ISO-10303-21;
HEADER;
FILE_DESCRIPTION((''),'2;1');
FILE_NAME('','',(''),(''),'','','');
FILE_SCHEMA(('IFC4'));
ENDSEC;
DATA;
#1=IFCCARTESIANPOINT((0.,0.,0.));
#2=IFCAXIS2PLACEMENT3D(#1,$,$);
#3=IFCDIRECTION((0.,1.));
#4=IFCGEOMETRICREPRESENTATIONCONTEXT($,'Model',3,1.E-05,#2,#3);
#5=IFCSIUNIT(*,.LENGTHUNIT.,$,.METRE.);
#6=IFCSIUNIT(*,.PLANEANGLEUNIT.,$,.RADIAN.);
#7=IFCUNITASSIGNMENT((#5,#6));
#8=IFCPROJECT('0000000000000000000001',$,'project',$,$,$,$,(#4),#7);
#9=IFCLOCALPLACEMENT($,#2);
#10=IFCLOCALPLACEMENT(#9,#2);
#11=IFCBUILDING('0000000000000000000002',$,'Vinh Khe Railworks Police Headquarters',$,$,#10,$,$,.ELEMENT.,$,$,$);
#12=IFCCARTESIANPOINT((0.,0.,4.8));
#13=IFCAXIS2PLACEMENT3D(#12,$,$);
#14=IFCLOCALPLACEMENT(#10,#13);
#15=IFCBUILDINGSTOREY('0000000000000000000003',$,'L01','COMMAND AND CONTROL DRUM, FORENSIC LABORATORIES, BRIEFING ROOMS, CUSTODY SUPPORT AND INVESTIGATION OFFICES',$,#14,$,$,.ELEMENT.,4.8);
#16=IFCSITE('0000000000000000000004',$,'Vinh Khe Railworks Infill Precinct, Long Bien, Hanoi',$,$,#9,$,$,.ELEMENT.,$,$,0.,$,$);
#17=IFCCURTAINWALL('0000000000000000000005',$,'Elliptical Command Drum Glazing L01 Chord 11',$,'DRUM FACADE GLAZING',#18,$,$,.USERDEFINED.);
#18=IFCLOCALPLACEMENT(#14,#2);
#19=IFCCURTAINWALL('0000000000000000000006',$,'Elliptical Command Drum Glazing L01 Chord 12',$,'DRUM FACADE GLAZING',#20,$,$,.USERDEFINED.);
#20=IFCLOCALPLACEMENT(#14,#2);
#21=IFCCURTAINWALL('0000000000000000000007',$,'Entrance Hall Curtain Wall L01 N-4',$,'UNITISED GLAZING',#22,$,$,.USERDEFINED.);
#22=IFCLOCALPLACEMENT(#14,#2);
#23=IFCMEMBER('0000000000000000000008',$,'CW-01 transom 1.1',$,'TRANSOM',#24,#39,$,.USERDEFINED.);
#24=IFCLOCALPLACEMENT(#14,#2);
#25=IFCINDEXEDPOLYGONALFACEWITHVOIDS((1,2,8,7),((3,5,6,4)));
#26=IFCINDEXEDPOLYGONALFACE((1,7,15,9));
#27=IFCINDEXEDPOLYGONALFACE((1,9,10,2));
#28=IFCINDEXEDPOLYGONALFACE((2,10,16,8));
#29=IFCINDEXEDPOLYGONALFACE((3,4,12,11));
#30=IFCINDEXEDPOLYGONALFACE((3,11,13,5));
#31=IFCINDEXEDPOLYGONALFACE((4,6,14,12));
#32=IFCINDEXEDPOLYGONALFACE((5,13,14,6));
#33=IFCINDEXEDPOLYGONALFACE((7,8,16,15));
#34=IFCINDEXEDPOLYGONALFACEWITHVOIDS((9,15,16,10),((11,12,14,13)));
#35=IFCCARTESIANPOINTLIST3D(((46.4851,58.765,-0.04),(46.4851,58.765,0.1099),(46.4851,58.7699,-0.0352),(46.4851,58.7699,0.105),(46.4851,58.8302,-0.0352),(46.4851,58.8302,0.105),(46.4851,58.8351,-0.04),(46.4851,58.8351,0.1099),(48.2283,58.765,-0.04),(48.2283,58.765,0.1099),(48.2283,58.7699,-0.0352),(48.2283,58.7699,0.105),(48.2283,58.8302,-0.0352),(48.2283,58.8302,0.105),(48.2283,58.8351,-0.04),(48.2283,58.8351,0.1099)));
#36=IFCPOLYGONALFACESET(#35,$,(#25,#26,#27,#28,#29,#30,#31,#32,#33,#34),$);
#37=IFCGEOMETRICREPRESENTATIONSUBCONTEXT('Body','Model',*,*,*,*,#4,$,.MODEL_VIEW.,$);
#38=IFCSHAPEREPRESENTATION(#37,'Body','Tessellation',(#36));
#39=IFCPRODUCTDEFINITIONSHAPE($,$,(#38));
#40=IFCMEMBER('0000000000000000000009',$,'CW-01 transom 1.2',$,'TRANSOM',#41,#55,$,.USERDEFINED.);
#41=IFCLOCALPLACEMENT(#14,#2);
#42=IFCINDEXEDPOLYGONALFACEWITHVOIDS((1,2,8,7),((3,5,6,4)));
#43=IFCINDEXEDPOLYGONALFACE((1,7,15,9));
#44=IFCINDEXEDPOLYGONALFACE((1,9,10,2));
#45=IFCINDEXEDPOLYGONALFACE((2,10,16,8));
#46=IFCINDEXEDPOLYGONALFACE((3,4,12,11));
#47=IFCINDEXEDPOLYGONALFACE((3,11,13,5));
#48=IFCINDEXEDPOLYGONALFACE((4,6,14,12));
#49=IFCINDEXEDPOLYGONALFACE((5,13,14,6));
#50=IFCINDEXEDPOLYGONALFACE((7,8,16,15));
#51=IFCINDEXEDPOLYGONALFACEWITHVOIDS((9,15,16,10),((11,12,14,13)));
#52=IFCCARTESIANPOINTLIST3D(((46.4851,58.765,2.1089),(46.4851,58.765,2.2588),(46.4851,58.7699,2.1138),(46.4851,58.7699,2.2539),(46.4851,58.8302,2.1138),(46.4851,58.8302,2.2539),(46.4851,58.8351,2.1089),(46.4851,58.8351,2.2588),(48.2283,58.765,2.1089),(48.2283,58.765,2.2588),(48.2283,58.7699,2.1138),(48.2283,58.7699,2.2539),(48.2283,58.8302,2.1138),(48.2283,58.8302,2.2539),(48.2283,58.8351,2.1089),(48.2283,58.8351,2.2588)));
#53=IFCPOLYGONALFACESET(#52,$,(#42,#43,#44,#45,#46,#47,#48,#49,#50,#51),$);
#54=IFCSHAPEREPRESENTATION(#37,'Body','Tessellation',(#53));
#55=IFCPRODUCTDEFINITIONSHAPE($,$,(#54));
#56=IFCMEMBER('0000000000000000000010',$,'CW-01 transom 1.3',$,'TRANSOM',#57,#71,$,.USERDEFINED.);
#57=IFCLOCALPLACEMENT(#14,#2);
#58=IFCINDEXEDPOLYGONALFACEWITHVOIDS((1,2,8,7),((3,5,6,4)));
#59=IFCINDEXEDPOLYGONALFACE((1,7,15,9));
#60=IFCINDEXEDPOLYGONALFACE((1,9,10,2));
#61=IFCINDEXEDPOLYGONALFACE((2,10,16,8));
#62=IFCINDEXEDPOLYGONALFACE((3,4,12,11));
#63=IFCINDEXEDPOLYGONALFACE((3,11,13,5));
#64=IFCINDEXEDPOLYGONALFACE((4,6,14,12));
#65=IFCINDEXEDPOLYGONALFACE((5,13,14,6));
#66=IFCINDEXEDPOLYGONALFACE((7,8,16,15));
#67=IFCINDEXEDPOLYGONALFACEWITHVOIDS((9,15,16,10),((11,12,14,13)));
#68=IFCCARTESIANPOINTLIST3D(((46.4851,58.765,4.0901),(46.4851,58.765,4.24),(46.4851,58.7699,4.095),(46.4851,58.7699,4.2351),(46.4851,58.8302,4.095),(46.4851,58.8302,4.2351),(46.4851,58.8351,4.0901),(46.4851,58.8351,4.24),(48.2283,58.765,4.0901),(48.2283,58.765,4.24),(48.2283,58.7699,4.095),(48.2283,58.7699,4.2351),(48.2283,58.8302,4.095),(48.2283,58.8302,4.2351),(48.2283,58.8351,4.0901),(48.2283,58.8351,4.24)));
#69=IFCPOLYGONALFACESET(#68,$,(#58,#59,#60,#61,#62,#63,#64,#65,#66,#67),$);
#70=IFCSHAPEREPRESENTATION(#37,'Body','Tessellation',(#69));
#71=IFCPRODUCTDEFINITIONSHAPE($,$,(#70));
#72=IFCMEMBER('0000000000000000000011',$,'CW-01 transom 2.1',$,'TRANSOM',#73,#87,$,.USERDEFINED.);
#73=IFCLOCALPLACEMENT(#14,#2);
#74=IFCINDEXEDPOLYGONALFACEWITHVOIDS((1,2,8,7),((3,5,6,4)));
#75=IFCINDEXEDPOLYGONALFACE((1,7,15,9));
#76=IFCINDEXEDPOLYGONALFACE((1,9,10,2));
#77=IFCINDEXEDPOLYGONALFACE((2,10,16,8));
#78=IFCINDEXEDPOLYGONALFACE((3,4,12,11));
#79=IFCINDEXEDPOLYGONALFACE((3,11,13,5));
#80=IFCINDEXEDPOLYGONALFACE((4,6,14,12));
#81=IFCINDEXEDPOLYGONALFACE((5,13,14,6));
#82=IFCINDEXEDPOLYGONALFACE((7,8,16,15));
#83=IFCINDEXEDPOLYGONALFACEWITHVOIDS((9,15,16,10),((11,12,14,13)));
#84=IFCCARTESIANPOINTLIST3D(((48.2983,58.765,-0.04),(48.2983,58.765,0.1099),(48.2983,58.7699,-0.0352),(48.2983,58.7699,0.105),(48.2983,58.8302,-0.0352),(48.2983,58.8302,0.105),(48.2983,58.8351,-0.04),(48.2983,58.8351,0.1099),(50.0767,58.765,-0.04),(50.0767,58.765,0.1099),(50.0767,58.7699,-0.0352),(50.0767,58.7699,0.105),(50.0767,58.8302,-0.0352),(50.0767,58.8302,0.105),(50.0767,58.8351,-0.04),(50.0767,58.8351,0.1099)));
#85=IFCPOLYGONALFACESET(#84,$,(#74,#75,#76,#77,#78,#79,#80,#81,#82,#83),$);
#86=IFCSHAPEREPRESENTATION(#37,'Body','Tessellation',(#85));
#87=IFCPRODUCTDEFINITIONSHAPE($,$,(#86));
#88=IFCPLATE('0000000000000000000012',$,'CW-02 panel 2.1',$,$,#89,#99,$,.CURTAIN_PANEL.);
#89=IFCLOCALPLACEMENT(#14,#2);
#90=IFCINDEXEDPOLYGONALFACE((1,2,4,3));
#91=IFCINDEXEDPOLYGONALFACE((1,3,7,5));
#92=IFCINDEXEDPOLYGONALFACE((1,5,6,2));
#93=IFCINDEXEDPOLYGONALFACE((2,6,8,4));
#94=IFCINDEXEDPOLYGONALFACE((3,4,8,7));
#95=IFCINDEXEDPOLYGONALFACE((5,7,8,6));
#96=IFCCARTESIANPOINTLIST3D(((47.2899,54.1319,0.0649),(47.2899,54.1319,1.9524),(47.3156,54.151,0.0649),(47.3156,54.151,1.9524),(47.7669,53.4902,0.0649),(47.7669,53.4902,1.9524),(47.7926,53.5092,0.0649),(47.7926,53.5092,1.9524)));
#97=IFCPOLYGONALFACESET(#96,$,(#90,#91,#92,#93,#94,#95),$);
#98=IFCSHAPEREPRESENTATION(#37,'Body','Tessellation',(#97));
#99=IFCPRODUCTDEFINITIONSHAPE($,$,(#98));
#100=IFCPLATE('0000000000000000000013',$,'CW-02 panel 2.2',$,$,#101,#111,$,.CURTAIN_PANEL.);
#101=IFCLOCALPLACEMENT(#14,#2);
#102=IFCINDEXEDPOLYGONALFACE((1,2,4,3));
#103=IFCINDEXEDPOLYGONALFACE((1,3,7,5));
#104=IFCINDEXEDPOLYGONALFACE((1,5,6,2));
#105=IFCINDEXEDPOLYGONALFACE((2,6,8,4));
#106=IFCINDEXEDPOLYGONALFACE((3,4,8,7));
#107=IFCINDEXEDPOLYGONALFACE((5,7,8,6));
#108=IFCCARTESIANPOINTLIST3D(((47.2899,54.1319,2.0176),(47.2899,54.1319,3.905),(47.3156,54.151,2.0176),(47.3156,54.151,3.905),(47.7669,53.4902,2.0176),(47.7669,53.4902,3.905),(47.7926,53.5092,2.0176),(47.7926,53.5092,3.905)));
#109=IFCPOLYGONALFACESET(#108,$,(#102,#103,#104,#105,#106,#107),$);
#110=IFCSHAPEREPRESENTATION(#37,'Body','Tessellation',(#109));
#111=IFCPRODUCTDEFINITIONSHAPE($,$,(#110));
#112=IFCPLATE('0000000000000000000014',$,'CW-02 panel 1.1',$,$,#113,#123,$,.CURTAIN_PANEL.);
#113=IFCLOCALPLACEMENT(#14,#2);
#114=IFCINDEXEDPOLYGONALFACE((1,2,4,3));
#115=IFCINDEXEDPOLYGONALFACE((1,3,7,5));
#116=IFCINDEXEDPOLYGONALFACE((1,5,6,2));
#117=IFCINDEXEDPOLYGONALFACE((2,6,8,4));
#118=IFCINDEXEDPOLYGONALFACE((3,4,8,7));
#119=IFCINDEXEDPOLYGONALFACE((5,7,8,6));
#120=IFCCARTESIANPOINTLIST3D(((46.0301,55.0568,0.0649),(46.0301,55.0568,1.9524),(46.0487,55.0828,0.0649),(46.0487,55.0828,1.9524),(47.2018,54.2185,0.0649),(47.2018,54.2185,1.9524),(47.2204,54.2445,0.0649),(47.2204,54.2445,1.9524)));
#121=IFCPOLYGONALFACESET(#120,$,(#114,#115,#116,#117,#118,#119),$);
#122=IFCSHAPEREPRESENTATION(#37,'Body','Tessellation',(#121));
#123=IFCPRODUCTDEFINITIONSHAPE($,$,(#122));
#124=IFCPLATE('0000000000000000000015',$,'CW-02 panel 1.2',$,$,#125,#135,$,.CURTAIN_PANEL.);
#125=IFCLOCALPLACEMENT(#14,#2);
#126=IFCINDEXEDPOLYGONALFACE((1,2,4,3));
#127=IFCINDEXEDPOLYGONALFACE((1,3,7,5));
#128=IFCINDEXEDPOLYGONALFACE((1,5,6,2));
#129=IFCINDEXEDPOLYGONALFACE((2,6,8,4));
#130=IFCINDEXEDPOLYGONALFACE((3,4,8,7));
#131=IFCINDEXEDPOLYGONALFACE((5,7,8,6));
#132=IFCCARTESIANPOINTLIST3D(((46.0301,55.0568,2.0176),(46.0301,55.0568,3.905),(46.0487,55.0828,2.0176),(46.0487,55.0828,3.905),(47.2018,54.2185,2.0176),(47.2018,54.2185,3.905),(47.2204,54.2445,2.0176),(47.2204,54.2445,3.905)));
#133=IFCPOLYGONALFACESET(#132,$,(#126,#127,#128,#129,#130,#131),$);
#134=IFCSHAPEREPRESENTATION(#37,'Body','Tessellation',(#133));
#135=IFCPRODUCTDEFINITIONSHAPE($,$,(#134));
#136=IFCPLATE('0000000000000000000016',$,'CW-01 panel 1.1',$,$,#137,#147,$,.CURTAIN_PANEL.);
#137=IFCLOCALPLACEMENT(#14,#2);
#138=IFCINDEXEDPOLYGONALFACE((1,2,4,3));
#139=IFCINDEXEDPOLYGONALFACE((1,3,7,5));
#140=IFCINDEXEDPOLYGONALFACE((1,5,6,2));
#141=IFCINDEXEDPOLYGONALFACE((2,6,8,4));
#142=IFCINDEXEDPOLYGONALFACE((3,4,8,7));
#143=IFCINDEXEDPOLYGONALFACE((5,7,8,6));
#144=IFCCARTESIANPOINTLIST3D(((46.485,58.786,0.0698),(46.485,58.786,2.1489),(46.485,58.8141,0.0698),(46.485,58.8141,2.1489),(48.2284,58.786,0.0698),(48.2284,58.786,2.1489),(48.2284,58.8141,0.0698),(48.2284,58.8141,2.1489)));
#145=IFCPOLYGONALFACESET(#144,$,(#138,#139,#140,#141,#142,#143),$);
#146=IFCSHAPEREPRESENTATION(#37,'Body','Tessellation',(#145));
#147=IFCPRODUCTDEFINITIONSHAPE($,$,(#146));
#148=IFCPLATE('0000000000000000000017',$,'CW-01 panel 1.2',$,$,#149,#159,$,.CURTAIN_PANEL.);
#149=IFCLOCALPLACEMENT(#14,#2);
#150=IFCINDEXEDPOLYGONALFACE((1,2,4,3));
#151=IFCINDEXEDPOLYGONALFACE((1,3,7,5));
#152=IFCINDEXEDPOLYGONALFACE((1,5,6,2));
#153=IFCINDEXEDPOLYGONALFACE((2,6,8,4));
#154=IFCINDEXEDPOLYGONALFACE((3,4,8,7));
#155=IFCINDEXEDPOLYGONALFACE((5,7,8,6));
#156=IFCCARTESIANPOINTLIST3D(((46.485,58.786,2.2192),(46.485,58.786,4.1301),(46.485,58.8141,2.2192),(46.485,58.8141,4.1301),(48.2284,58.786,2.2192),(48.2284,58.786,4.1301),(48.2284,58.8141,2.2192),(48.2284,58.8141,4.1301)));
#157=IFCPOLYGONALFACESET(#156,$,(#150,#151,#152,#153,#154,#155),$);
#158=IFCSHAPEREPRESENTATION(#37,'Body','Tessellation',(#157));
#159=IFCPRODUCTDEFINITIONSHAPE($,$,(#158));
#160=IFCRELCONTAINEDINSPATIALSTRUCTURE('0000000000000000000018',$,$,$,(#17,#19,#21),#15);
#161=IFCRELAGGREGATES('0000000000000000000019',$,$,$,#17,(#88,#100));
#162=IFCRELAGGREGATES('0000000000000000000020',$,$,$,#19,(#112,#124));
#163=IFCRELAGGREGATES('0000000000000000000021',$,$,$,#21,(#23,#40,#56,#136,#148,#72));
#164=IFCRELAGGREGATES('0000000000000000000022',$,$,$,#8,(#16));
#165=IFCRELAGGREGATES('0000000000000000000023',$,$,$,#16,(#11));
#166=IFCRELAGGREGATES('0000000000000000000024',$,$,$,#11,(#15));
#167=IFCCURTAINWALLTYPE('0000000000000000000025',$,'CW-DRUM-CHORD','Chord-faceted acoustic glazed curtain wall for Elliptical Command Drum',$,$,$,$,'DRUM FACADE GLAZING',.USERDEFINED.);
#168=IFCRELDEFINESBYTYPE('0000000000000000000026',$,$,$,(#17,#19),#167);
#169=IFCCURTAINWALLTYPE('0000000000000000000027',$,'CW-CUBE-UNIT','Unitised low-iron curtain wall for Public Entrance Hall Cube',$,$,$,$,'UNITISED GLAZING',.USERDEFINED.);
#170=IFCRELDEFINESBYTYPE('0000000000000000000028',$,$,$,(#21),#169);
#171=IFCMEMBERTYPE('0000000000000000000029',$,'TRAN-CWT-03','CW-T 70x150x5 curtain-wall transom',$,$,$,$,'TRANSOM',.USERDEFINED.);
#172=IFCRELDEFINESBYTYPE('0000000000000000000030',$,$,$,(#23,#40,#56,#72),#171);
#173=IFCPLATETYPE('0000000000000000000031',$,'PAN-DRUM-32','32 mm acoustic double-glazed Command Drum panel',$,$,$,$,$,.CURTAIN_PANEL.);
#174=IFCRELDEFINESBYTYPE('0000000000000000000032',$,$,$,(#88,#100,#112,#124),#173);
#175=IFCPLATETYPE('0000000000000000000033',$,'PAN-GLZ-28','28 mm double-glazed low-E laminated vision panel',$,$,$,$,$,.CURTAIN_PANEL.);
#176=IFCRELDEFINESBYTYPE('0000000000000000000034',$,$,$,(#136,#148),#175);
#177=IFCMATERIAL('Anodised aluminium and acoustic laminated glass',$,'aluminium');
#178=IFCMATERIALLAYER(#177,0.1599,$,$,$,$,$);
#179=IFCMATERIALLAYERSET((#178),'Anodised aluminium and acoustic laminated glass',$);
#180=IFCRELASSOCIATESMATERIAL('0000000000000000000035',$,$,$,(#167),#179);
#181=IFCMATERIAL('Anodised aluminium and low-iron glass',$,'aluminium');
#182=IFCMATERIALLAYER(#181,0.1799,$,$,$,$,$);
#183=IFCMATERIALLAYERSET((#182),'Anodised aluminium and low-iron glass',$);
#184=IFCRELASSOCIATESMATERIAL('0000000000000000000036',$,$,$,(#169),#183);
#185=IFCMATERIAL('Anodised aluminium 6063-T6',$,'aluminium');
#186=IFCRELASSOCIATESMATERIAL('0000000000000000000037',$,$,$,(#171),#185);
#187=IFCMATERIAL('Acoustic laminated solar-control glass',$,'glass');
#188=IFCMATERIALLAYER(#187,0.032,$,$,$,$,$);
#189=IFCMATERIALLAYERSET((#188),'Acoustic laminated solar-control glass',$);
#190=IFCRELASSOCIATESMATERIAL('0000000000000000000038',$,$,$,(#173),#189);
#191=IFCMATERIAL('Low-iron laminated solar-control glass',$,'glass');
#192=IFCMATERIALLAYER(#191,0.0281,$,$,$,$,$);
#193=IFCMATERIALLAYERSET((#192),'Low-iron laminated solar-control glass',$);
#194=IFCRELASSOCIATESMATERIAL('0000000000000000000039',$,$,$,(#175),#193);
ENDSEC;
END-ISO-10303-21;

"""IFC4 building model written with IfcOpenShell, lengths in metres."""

from ifc_helpers import new_model, si_unit, direction, frame, origin, origin_2d, place, context, subcontext, project, spatial, rectangle, hollow_rectangle, extrude, material, layer, layer_set, material_profile, profile_set, type_object, element, aggregate, save


model = new_model("IFC4")

# Units and contexts
model_context = context("Model", 3, precision=1e-05, world=origin(), true_north=direction((0.0, 1.0)))
body_context = subcontext(model_context, "Body", "Model", "MODEL_VIEW")
ifc_project = project(units=[si_unit("LENGTHUNIT", "METRE"), si_unit("PLANEANGLEUNIT", "RADIAN")], contexts=[model_context])

# Site, building, storey
site_placement = place(None, origin())
site = spatial("IfcSite", under=ifc_project, at=site_placement, Name="Vinh Khe Railworks Infill Precinct, Long Bien, Hanoi", CompositionType="ELEMENT", RefElevation=0.0)
building_placement = place(site_placement, origin())
building = spatial("IfcBuilding", under=site, at=building_placement, Name="Vinh Khe Railworks Police Headquarters", CompositionType="ELEMENT")
storey_placement = place(building_placement, frame((0.0, 0.0, 4.8)))
storey = spatial("IfcBuildingStorey", under=building, at=storey_placement, Name="L01", Description="COMMAND AND CONTROL DRUM, FORENSIC LABORATORIES, BRIEFING ROOMS, CUSTODY SUPPORT AND INVESTIGATION OFFICES", CompositionType="ELEMENT", Elevation=4.8)

# Curtain wall
ifc_material_1 = material(Name="Anodised aluminium and acoustic laminated glass", Category="aluminium")
ifc_layer_1 = layer(ifc_material_1, 0.1599)
ifc_layer_set_1 = layer_set([ifc_layer_1], Name="Anodised aluminium and acoustic laminated glass")
curtain_wall_type_1 = type_object("IfcCurtainWallType", Name="CW-DRUM-CHORD", Description="Chord-faceted acoustic glazed curtain wall for Elliptical Command Drum", ElementType="DRUM FACADE GLAZING", PredefinedType="USERDEFINED", material=ifc_layer_set_1)
curtain_wall_1_placement = place(storey_placement, origin())
curtain_wall_1 = element("IfcCurtainWall", 1, at=curtain_wall_1_placement, inside=storey, type_object=curtain_wall_type_1, Name="Elliptical Command Drum Glazing L01 Chord 11", ObjectType="DRUM FACADE GLAZING", PredefinedType="USERDEFINED")
ifc_material_2 = material(Name="Anodised aluminium 6063-T6", Category="aluminium")

# Curtain walls
curtain_wall_2_placement = place(storey_placement, origin())
curtain_wall_2 = element("IfcCurtainWall", 2, at=curtain_wall_2_placement, inside=storey, type_object=curtain_wall_type_1, Name="Elliptical Command Drum Glazing L01 Chord 12", ObjectType="DRUM FACADE GLAZING", PredefinedType="USERDEFINED")
ifc_material_3 = material(Name="Anodised aluminium and low-iron glass", Category="aluminium")
ifc_layer_2 = layer(ifc_material_3, 0.1799)
ifc_layer_set_2 = layer_set([ifc_layer_2], Name="Anodised aluminium and low-iron glass")
curtain_wall_type_2 = type_object("IfcCurtainWallType", Name="CW-CUBE-UNIT", Description="Unitised low-iron curtain wall for Public Entrance Hall Cube", ElementType="UNITISED GLAZING", PredefinedType="USERDEFINED", material=ifc_layer_set_2)
curtain_wall_3_placement = place(storey_placement, origin())
curtain_wall_3 = element("IfcCurtainWall", 3, at=curtain_wall_3_placement, inside=storey, type_object=curtain_wall_type_2, Name="Entrance Hall Curtain Wall L01 N-4", ObjectType="UNITISED GLAZING", PredefinedType="USERDEFINED")

# Members
ifc_material_profile_1 = material_profile(ifc_material_2, hollow_rectangle(XDim=0.0701, YDim=0.1499, WallThickness=0.0049, at=origin_2d()), Name="CW-T 70x150x5")
ifc_profile_set_1 = profile_set([ifc_material_profile_1], Name="Anodised aluminium 6063-T6")
member_type_1 = type_object("IfcMemberType", Name="TRAN-CWT-03", Description="CW-T 70x150x5 curtain-wall transom", ElementType="TRANSOM", PredefinedType="USERDEFINED", material=ifc_profile_set_1)
member_1_placement = place(storey_placement, frame((46.4851, 58.8, 0.0349), z_axis=(1.0, 0.0, 0.0), x_axis=(0.0, 1.0, 0.0)))
member_1 = element("IfcMember", 4, at=member_1_placement, type_object=member_type_1, Name="CW-01 transom 1.1", ObjectType="TRANSOM", PredefinedType="USERDEFINED", context=body_context, shape_type="SweptSolid", body=[
    extrude(hollow_rectangle(XDim=0.0701, YDim=0.1499, WallThickness=0.0049, at=origin_2d()), origin(), (0.0, 0.0, 1.0), 1.7432),
])
member_2_placement = place(storey_placement, frame((46.4851, 58.8, 2.1838), z_axis=(1.0, 0.0, 0.0), x_axis=(0.0, 1.0, 0.0)))
member_2 = element("IfcMember", 5, at=member_2_placement, type_object=member_type_1, Name="CW-01 transom 1.2", ObjectType="TRANSOM", PredefinedType="USERDEFINED", context=body_context, shape_type="SweptSolid", body=[
    extrude(hollow_rectangle(XDim=0.0701, YDim=0.1499, WallThickness=0.0049, at=origin_2d()), origin(), (0.0, 0.0, 1.0), 1.7432),
])
member_3_placement = place(storey_placement, frame((46.4851, 58.8, 4.165), z_axis=(1.0, 0.0, 0.0), x_axis=(0.0, 1.0, 0.0)))
member_3 = element("IfcMember", 6, at=member_3_placement, type_object=member_type_1, Name="CW-01 transom 1.3", ObjectType="TRANSOM", PredefinedType="USERDEFINED", context=body_context, shape_type="SweptSolid", body=[
    extrude(hollow_rectangle(XDim=0.0701, YDim=0.1499, WallThickness=0.0049, at=origin_2d()), origin(), (0.0, 0.0, 1.0), 1.7432),
])
member_4_placement = place(storey_placement, frame((48.2983, 58.8, 0.0349), z_axis=(1.0, 0.0, 0.0), x_axis=(0.0, 1.0, 0.0)))
member_4 = element("IfcMember", 7, at=member_4_placement, type_object=member_type_1, Name="CW-01 transom 2.1", ObjectType="TRANSOM", PredefinedType="USERDEFINED", context=body_context, shape_type="SweptSolid", body=[
    extrude(hollow_rectangle(XDim=0.0701, YDim=0.1499, WallThickness=0.0049, at=origin_2d()), origin(), (0.0, 0.0, 1.0), 1.7783),
])

# Plates
ifc_material_4 = material(Name="Acoustic laminated solar-control glass", Category="glass")
ifc_layer_3 = layer(ifc_material_4, 0.032)
ifc_layer_set_3 = layer_set([ifc_layer_3], Name="Acoustic laminated solar-control glass")
plate_type_1 = type_object("IfcPlateType", Name="PAN-DRUM-32", Description="32 mm acoustic double-glazed Command Drum panel", PredefinedType="CURTAIN_PANEL", material=ifc_layer_set_3)
plate_1_placement = place(storey_placement, frame((47.5413, 53.8206, 0.0649), z_axis=(0.0, 0.0, 1.0), x_axis=(-0.596528, 0.802592, 0.0)))
plate_1 = element("IfcPlate", 8, at=plate_1_placement, type_object=plate_type_1, Name="CW-02 panel 2.1", PredefinedType="CURTAIN_PANEL", context=body_context, shape_type="SweptSolid", body=[
    extrude(rectangle(XDim=0.7996, YDim=0.032, at=origin_2d()), origin(), (0.0, 0.0, 1.0), 1.8875),
])
plate_2_placement = place(storey_placement, frame((47.5413, 53.8206, 2.0176), z_axis=(0.0, 0.0, 1.0), x_axis=(-0.596528, 0.802592, 0.0)))
plate_2 = element("IfcPlate", 9, at=plate_2_placement, type_object=plate_type_1, Name="CW-02 panel 2.2", PredefinedType="CURTAIN_PANEL", context=body_context, shape_type="SweptSolid", body=[
    extrude(rectangle(XDim=0.7996, YDim=0.032, at=origin_2d()), origin(), (0.0, 0.0, 1.0), 1.8875),
])
aggregate(curtain_wall_1, [plate_1, plate_2])
plate_3_placement = place(storey_placement, frame((46.6252, 54.6506, 0.0649), z_axis=(0.0, 0.0, 1.0), x_axis=(-0.813248, 0.581917, 0.0)))
plate_3 = element("IfcPlate", 10, at=plate_3_placement, type_object=plate_type_1, Name="CW-02 panel 1.1", PredefinedType="CURTAIN_PANEL", context=body_context, shape_type="SweptSolid", body=[
    extrude(rectangle(XDim=1.4407, YDim=0.032, at=origin_2d()), origin(), (0.0, 0.0, 1.0), 1.8875),
])
plate_4_placement = place(storey_placement, frame((46.6252, 54.6506, 2.0176), z_axis=(0.0, 0.0, 1.0), x_axis=(-0.813248, 0.581917, 0.0)))
plate_4 = element("IfcPlate", 11, at=plate_4_placement, type_object=plate_type_1, Name="CW-02 panel 1.2", PredefinedType="CURTAIN_PANEL", context=body_context, shape_type="SweptSolid", body=[
    extrude(rectangle(XDim=1.4407, YDim=0.032, at=origin_2d()), origin(), (0.0, 0.0, 1.0), 1.8875),
])
aggregate(curtain_wall_2, [plate_3, plate_4])
ifc_material_5 = material(Name="Low-iron laminated solar-control glass", Category="glass")
ifc_layer_4 = layer(ifc_material_5, 0.0281)
ifc_layer_set_4 = layer_set([ifc_layer_4], Name="Low-iron laminated solar-control glass")
plate_type_2 = type_object("IfcPlateType", Name="PAN-GLZ-28", Description="28 mm double-glazed low-E laminated vision panel", PredefinedType="CURTAIN_PANEL", material=ifc_layer_set_4)
plate_5_placement = place(storey_placement, frame((47.3567, 58.8, 0.0698), z_axis=(0.0, 0.0, 1.0), x_axis=(1.0, 0.0, 0.0)))
plate_5 = element("IfcPlate", 12, at=plate_5_placement, type_object=plate_type_2, Name="CW-01 panel 1.1", PredefinedType="CURTAIN_PANEL", context=body_context, shape_type="SweptSolid", body=[
    extrude(rectangle(XDim=1.7434, YDim=0.0281, at=origin_2d()), origin(), (0.0, 0.0, 1.0), 2.0791),
])
plate_6_placement = place(storey_placement, frame((47.3567, 58.8, 2.2192), z_axis=(0.0, 0.0, 1.0), x_axis=(1.0, 0.0, 0.0)))
plate_6 = element("IfcPlate", 13, at=plate_6_placement, type_object=plate_type_2, Name="CW-01 panel 1.2", PredefinedType="CURTAIN_PANEL", context=body_context, shape_type="SweptSolid", body=[
    extrude(rectangle(XDim=1.7434, YDim=0.0281, at=origin_2d()), origin(), (0.0, 0.0, 1.0), 1.9109),
])
aggregate(curtain_wall_3, [member_1, member_2, member_3, plate_5, plate_6, member_4])

save(model, "model.ifc")
